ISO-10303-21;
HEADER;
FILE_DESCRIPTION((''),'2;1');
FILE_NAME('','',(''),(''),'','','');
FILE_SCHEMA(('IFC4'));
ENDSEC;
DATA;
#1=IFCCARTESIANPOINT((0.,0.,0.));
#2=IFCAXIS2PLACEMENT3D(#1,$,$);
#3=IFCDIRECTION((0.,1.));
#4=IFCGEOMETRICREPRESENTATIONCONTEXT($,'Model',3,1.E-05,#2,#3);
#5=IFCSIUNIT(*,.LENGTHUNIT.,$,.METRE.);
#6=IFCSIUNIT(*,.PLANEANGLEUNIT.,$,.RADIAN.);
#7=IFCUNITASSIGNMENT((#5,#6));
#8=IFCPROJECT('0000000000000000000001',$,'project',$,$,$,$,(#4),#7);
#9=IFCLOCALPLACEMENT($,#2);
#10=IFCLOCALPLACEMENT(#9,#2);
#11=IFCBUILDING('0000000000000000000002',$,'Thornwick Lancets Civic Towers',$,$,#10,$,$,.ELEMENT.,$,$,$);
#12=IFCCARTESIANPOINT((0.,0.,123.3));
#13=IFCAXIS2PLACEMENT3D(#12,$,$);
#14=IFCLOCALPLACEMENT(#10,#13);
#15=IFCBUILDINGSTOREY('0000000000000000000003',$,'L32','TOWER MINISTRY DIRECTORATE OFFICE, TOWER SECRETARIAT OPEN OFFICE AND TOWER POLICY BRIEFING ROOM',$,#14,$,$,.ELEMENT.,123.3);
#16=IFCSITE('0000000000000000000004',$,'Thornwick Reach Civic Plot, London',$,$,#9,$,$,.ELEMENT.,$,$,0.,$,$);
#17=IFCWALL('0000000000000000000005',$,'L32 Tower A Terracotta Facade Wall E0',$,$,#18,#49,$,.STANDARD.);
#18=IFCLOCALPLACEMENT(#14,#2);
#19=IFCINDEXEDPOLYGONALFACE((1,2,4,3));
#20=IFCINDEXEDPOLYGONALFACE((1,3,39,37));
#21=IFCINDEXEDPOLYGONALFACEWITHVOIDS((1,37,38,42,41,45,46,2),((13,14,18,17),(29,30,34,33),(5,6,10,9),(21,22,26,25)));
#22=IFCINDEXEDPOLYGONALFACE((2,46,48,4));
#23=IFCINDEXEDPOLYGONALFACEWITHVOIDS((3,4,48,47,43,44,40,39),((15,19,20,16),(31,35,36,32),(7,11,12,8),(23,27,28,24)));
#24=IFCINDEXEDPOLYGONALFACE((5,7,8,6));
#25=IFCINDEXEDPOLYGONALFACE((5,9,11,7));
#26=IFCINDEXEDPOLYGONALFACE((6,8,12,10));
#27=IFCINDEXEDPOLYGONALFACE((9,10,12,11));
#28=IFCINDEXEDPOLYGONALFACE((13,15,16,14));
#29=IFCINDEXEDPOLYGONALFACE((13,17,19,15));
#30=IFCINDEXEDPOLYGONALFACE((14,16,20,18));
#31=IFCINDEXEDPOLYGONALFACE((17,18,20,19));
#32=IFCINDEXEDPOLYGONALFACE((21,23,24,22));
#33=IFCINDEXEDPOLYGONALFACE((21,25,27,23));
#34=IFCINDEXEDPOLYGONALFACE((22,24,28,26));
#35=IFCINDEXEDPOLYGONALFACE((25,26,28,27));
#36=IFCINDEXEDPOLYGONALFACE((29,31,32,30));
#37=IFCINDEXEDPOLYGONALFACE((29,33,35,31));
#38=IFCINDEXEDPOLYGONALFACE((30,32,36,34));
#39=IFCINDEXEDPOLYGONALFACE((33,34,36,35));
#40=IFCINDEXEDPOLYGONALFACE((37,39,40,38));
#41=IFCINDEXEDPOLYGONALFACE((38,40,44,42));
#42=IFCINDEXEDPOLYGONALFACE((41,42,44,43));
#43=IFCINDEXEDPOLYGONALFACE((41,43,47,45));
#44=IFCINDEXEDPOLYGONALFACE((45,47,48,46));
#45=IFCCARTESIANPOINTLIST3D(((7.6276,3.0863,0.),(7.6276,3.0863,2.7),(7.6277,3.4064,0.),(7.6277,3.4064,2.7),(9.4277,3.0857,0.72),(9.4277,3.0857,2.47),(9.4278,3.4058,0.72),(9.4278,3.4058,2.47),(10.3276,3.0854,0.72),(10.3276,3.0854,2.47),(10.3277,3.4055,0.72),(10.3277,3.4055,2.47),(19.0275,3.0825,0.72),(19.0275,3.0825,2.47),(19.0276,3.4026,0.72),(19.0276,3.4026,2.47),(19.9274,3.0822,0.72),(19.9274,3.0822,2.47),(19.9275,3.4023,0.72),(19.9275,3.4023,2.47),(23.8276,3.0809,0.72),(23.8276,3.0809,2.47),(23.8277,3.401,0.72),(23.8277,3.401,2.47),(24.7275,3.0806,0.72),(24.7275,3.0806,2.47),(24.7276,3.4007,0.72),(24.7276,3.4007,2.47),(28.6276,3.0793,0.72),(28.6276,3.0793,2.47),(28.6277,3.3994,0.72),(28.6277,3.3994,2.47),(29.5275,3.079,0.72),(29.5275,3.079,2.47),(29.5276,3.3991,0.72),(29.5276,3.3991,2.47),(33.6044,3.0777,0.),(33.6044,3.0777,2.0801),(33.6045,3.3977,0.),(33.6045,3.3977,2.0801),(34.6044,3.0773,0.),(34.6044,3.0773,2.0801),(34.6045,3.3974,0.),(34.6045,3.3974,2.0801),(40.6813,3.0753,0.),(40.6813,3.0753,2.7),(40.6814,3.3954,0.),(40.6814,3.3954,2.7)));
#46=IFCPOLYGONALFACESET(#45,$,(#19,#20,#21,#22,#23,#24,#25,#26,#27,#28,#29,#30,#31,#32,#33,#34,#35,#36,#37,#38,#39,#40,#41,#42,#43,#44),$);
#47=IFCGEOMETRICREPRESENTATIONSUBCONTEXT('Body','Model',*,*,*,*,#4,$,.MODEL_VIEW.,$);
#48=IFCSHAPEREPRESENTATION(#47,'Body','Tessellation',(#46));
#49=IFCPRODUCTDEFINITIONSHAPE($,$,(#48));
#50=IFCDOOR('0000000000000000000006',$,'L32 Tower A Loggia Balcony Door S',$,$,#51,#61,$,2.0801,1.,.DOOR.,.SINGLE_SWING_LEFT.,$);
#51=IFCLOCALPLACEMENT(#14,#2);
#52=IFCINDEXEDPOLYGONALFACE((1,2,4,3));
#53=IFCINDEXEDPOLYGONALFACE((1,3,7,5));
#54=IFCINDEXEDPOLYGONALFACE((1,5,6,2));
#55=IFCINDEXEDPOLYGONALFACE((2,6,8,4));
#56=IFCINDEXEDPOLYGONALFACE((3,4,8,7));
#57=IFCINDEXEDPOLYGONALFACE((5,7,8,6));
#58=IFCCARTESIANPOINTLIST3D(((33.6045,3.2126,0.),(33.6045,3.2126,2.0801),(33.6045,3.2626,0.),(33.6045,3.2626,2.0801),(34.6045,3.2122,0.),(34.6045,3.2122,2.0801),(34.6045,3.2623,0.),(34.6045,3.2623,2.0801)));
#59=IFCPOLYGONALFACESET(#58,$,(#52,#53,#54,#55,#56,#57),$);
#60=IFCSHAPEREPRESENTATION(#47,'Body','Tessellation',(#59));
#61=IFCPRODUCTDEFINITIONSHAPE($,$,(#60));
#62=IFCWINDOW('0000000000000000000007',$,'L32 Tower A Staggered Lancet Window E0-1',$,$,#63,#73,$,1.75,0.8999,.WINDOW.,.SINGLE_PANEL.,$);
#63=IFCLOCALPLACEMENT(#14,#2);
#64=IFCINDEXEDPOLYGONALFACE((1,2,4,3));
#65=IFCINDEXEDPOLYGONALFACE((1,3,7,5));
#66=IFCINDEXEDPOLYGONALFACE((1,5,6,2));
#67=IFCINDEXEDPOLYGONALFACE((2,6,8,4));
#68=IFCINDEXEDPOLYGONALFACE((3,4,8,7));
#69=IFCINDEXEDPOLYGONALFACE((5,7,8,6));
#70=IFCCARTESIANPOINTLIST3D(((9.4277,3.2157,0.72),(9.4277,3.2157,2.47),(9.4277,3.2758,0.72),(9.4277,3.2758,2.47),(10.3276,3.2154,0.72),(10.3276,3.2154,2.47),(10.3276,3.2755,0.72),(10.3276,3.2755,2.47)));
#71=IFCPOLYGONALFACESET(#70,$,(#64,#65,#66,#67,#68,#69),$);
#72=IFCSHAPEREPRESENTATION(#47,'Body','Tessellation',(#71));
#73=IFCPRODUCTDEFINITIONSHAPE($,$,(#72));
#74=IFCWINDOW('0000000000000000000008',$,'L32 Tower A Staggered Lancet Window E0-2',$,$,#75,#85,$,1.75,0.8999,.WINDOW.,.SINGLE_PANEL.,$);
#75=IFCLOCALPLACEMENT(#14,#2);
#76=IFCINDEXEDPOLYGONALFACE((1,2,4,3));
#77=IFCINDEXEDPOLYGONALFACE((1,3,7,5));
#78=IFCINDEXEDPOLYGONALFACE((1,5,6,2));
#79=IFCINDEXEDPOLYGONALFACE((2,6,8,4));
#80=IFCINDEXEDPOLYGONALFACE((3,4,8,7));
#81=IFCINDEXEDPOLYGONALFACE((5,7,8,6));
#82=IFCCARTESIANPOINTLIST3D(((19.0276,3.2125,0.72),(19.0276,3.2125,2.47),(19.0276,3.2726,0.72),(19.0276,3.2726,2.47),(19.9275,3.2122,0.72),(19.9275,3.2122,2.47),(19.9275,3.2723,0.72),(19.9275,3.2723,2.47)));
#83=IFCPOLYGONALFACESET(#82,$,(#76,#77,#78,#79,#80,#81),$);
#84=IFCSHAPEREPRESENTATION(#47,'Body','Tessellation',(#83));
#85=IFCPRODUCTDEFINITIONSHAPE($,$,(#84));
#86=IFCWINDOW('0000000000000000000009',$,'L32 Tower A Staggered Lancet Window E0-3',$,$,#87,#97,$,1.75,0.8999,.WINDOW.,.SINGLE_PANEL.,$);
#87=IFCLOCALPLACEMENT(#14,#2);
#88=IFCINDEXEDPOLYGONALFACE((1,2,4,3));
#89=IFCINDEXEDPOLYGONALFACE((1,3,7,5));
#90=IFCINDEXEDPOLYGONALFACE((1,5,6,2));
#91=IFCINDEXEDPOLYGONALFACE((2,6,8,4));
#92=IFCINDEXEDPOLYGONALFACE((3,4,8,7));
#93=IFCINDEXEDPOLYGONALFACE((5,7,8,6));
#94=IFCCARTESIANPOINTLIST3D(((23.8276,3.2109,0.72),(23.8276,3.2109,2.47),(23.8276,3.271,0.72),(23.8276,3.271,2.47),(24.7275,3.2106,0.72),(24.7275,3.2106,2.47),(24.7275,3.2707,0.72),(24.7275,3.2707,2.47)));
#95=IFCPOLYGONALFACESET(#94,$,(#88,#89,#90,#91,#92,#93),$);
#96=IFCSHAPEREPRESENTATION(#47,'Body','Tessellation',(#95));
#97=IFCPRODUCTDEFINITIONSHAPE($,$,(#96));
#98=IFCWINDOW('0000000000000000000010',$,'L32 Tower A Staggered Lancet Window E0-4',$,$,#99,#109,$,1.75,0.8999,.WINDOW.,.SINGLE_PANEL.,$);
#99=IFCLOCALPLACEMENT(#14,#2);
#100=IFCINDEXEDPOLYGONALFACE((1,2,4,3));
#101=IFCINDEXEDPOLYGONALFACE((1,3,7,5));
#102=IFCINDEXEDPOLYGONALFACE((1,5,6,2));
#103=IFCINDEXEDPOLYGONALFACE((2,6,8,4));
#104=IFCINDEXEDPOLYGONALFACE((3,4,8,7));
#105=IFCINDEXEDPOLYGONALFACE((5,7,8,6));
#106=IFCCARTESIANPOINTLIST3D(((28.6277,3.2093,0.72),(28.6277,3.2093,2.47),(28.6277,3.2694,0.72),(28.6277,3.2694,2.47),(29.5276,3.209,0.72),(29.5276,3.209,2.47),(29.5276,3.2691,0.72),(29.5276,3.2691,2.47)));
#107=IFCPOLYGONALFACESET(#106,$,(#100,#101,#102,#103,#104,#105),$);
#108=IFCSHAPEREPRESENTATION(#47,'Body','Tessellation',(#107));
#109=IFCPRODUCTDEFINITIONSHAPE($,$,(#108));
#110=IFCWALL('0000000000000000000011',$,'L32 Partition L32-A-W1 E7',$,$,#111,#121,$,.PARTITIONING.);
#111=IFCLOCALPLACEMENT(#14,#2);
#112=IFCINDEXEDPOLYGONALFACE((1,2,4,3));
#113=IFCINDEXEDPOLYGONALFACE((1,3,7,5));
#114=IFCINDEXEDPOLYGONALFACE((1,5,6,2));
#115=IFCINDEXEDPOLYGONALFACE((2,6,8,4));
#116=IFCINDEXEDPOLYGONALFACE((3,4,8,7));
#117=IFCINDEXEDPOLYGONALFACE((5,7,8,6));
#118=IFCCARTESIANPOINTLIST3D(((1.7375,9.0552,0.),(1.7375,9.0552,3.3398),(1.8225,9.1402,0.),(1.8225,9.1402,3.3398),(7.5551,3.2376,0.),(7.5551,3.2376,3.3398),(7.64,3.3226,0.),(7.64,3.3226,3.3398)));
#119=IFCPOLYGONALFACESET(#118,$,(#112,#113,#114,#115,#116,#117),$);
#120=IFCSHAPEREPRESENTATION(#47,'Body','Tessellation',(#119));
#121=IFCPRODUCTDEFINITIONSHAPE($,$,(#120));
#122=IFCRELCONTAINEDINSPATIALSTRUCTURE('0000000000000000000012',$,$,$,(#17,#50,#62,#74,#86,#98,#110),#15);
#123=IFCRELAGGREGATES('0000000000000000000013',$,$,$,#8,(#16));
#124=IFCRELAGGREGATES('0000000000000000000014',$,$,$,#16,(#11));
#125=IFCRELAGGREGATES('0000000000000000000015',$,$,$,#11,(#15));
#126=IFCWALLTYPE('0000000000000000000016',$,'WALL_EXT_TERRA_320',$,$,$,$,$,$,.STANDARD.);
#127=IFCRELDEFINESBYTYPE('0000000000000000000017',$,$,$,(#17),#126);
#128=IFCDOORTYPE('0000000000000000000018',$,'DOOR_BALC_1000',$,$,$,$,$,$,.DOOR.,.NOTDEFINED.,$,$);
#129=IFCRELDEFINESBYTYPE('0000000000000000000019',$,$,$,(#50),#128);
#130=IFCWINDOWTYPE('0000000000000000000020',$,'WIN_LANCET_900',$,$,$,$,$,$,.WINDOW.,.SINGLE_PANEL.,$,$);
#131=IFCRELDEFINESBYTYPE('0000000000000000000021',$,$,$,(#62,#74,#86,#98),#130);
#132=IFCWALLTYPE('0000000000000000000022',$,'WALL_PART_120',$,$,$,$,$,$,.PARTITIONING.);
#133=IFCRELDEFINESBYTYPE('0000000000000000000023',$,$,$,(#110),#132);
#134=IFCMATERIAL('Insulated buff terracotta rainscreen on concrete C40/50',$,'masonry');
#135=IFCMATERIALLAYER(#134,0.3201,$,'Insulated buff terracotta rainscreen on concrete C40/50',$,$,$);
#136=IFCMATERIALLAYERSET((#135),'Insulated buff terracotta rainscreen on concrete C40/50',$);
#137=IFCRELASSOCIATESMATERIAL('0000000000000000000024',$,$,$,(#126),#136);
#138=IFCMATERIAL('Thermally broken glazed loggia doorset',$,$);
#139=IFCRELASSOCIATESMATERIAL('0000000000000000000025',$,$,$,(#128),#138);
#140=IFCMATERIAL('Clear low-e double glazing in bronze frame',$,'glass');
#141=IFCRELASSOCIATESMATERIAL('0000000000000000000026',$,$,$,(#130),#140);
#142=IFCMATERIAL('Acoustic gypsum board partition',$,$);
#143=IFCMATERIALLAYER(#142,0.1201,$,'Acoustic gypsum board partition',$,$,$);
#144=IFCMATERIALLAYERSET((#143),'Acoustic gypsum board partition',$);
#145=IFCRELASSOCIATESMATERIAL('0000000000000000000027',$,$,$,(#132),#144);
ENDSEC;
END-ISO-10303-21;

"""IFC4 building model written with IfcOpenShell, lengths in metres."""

from ifc_helpers import new_model, si_unit, direction, frame, frame_2d, origin, place, context, subcontext, project, spatial, rectangle, extrude, material, layer, layer_set, type_object, element, fill, save


model = new_model("IFC4")

# Units and contexts
model_context = context("Model", 3, precision=1e-05, world=origin(), true_north=direction((0.0, 1.0)))
body_context = subcontext(model_context, "Body", "Model", "MODEL_VIEW")
ifc_project = project(units=[si_unit("LENGTHUNIT", "METRE"), si_unit("PLANEANGLEUNIT", "RADIAN")], contexts=[model_context])

# Site, building, storey
site_placement = place(None, origin())
site = spatial("IfcSite", under=ifc_project, at=site_placement, Name="Thornwick Reach Civic Plot, London", CompositionType="ELEMENT", RefElevation=0.0)
building_placement = place(site_placement, origin())
building = spatial("IfcBuilding", under=site, at=building_placement, Name="Thornwick Lancets Civic Towers", CompositionType="ELEMENT")
storey_placement = place(building_placement, frame((0.0, 0.0, 123.3)))
storey = spatial("IfcBuildingStorey", under=building, at=storey_placement, Name="L32", Description="TOWER MINISTRY DIRECTORATE OFFICE, TOWER SECRETARIAT OPEN OFFICE AND TOWER POLICY BRIEFING ROOM", CompositionType="ELEMENT", Elevation=123.3)

# Wall, openings, door, windows
ifc_material_1 = material(Name="Insulated buff terracotta rainscreen on concrete C40/50", Category="masonry")
ifc_layer_1 = layer(ifc_material_1, 0.3201, Name="Insulated buff terracotta rainscreen on concrete C40/50")
ifc_layer_set_1 = layer_set([ifc_layer_1], Name="Insulated buff terracotta rainscreen on concrete C40/50")
wall_type_1 = type_object("IfcWallType", Name="WALL_EXT_TERRA_320", PredefinedType="STANDARD", material=ifc_layer_set_1)
wall_1_placement = place(storey_placement, frame((7.6277, 3.2463, 0.0), z_axis=(0.0, 0.0, 1.0), x_axis=(1.0, -0.000332, 0.0)))
wall_1 = element("IfcWall", 1, at=wall_1_placement, inside=storey, type_object=wall_type_1, Name="L32 Tower A Terracotta Facade Wall E0", PredefinedType="STANDARD", context=body_context, shape_type="SweptSolid", body=[
    extrude(rectangle(XDim=33.0537, YDim=0.3201, at=frame_2d((16.5269, 0.0))), origin(), (0.0, 0.0, 1.0), 2.7),
])
opening_1_placement = place(wall_1_placement, frame((25.9768, 0.0, 0.0)))
opening_1 = element("IfcOpeningElement", 2, at=opening_1_placement, cuts=wall_1, PredefinedType="OPENING", context=body_context, shape_type="SweptSolid", body=[
    extrude(rectangle(XDim=1.0, YDim=2.0801, at=frame_2d((0.5, 1.04))), frame((0.0, 0.1699, 0.0), z_axis=(0.0, -1.0, 0.0), x_axis=(1.0, 0.0, 0.0)), (0.0, 0.0, 1.0), 0.3401),
])
opening_2_placement = place(wall_1_placement, frame((1.8, 0.0, 0.72)))
opening_2 = element("IfcOpeningElement", 3, at=opening_2_placement, cuts=wall_1, PredefinedType="OPENING", context=body_context, shape_type="SweptSolid", body=[
    extrude(rectangle(XDim=0.8999, YDim=1.75, at=frame_2d((0.45, 0.875))), frame((0.0, 0.1699, 0.0), z_axis=(0.0, -1.0, 0.0), x_axis=(1.0, 0.0, 0.0)), (0.0, 0.0, 1.0), 0.3401),
])
opening_3_placement = place(wall_1_placement, frame((11.3999, 0.0, 0.72)))
opening_3 = element("IfcOpeningElement", 4, at=opening_3_placement, cuts=wall_1, PredefinedType="OPENING", context=body_context, shape_type="SweptSolid", body=[
    extrude(rectangle(XDim=0.8999, YDim=1.75, at=frame_2d((0.45, 0.875))), frame((0.0, 0.1699, 0.0), z_axis=(0.0, -1.0, 0.0), x_axis=(1.0, 0.0, 0.0)), (0.0, 0.0, 1.0), 0.3401),
])
opening_4_placement = place(wall_1_placement, frame((16.2, 0.0, 0.72)))
opening_4 = element("IfcOpeningElement", 5, at=opening_4_placement, cuts=wall_1, PredefinedType="OPENING", context=body_context, shape_type="SweptSolid", body=[
    extrude(rectangle(XDim=0.8999, YDim=1.75, at=frame_2d((0.45, 0.875))), frame((0.0, 0.1699, 0.0), z_axis=(0.0, -1.0, 0.0), x_axis=(1.0, 0.0, 0.0)), (0.0, 0.0, 1.0), 0.3401),
])
opening_5_placement = place(wall_1_placement, frame((21.0, 0.0, 0.72)))
opening_5 = element("IfcOpeningElement", 6, at=opening_5_placement, cuts=wall_1, PredefinedType="OPENING", context=body_context, shape_type="SweptSolid", body=[
    extrude(rectangle(XDim=0.8999, YDim=1.75, at=frame_2d((0.45, 0.875))), frame((0.0, 0.1699, 0.0), z_axis=(0.0, -1.0, 0.0), x_axis=(1.0, 0.0, 0.0)), (0.0, 0.0, 1.0), 0.3401),
])
ifc_material_2 = material(Name="Thermally broken glazed loggia doorset")
door_type = type_object("IfcDoorType", Name="DOOR_BALC_1000", OperationType="NOTDEFINED", PredefinedType="DOOR", material=ifc_material_2)
door_placement = place(opening_1_placement, origin())
door = element("IfcDoor", 7, at=door_placement, inside=storey, type_object=door_type, Name="L32 Tower A Loggia Balcony Door S", OperationType="SINGLE_SWING_LEFT", OverallHeight=2.0801, OverallWidth=1.0, PredefinedType="DOOR", context=body_context, shape_type="SweptSolid", body=[
    extrude(rectangle(XDim=1.0, YDim=2.0801, at=frame_2d((0.5, 1.04))), frame((0.0, 0.0249, 0.0), z_axis=(0.0, -1.0, 0.0), x_axis=(1.0, 0.0, 0.0)), (0.0, 0.0, 1.0), 0.05),
])
fill(opening_1, door)
ifc_material_3 = material(Name="Clear low-e double glazing in bronze frame", Category="glass")
window_type = type_object("IfcWindowType", Name="WIN_LANCET_900", PartitioningType="SINGLE_PANEL", PredefinedType="WINDOW", material=ifc_material_3)
window_1_placement = place(opening_2_placement, origin())
window_1 = element("IfcWindow", 8, at=window_1_placement, inside=storey, type_object=window_type, Name="L32 Tower A Staggered Lancet Window E0-1", OverallHeight=1.75, OverallWidth=0.8999, PartitioningType="SINGLE_PANEL", PredefinedType="WINDOW", context=body_context, shape_type="SweptSolid", body=[
    extrude(rectangle(XDim=0.8999, YDim=1.75, at=frame_2d((0.45, 0.875))), frame((0.0, 0.03, 0.0), z_axis=(0.0, -1.0, 0.0), x_axis=(1.0, 0.0, 0.0)), (0.0, 0.0, 1.0), 0.0601),
])
fill(opening_2, window_1)
window_2_placement = place(opening_3_placement, origin())
window_2 = element("IfcWindow", 9, at=window_2_placement, inside=storey, type_object=window_type, Name="L32 Tower A Staggered Lancet Window E0-2", OverallHeight=1.75, OverallWidth=0.8999, PartitioningType="SINGLE_PANEL", PredefinedType="WINDOW", context=body_context, shape_type="SweptSolid", body=[
    extrude(rectangle(XDim=0.8999, YDim=1.75, at=frame_2d((0.45, 0.875))), frame((0.0, 0.03, 0.0), z_axis=(0.0, -1.0, 0.0), x_axis=(1.0, 0.0, 0.0)), (0.0, 0.0, 1.0), 0.0601),
])
fill(opening_3, window_2)
window_3_placement = place(opening_4_placement, origin())
window_3 = element("IfcWindow", 10, at=window_3_placement, inside=storey, type_object=window_type, Name="L32 Tower A Staggered Lancet Window E0-3", OverallHeight=1.75, OverallWidth=0.8999, PartitioningType="SINGLE_PANEL", PredefinedType="WINDOW", context=body_context, shape_type="SweptSolid", body=[
    extrude(rectangle(XDim=0.8999, YDim=1.75, at=frame_2d((0.45, 0.875))), frame((0.0, 0.03, 0.0), z_axis=(0.0, -1.0, 0.0), x_axis=(1.0, 0.0, 0.0)), (0.0, 0.0, 1.0), 0.0601),
])
fill(opening_4, window_3)
window_4_placement = place(opening_5_placement, origin())
window_4 = element("IfcWindow", 11, at=window_4_placement, inside=storey, type_object=window_type, Name="L32 Tower A Staggered Lancet Window E0-4", OverallHeight=1.75, OverallWidth=0.8999, PartitioningType="SINGLE_PANEL", PredefinedType="WINDOW", context=body_context, shape_type="SweptSolid", body=[
    extrude(rectangle(XDim=0.8999, YDim=1.75, at=frame_2d((0.45, 0.875))), frame((0.0, 0.03, 0.0), z_axis=(0.0, -1.0, 0.0), x_axis=(1.0, 0.0, 0.0)), (0.0, 0.0, 1.0), 0.0601),
])
fill(opening_5, window_4)

# Wall
ifc_material_4 = material(Name="Acoustic gypsum board partition")
ifc_layer_2 = layer(ifc_material_4, 0.1201, Name="Acoustic gypsum board partition")
ifc_layer_set_2 = layer_set([ifc_layer_2], Name="Acoustic gypsum board partition")
wall_type_2 = type_object("IfcWallType", Name="WALL_PART_120", PredefinedType="PARTITIONING", material=ifc_layer_set_2)
wall_2_placement = place(storey_placement, frame((7.5977, 3.28, 0.0), z_axis=(0.0, 0.0, 1.0), x_axis=(-0.707107, 0.707107, 0.0)))
element("IfcWall", 12, at=wall_2_placement, inside=storey, type_object=wall_type_2, Name="L32 Partition L32-A-W1 E7", PredefinedType="PARTITIONING", context=body_context, shape_type="SweptSolid", body=[
    extrude(rectangle(XDim=8.2273, YDim=0.1201, at=frame_2d((4.1138, 0.0))), origin(), (0.0, 0.0, 1.0), 3.3398),
])

save(model, "model.ifc")
